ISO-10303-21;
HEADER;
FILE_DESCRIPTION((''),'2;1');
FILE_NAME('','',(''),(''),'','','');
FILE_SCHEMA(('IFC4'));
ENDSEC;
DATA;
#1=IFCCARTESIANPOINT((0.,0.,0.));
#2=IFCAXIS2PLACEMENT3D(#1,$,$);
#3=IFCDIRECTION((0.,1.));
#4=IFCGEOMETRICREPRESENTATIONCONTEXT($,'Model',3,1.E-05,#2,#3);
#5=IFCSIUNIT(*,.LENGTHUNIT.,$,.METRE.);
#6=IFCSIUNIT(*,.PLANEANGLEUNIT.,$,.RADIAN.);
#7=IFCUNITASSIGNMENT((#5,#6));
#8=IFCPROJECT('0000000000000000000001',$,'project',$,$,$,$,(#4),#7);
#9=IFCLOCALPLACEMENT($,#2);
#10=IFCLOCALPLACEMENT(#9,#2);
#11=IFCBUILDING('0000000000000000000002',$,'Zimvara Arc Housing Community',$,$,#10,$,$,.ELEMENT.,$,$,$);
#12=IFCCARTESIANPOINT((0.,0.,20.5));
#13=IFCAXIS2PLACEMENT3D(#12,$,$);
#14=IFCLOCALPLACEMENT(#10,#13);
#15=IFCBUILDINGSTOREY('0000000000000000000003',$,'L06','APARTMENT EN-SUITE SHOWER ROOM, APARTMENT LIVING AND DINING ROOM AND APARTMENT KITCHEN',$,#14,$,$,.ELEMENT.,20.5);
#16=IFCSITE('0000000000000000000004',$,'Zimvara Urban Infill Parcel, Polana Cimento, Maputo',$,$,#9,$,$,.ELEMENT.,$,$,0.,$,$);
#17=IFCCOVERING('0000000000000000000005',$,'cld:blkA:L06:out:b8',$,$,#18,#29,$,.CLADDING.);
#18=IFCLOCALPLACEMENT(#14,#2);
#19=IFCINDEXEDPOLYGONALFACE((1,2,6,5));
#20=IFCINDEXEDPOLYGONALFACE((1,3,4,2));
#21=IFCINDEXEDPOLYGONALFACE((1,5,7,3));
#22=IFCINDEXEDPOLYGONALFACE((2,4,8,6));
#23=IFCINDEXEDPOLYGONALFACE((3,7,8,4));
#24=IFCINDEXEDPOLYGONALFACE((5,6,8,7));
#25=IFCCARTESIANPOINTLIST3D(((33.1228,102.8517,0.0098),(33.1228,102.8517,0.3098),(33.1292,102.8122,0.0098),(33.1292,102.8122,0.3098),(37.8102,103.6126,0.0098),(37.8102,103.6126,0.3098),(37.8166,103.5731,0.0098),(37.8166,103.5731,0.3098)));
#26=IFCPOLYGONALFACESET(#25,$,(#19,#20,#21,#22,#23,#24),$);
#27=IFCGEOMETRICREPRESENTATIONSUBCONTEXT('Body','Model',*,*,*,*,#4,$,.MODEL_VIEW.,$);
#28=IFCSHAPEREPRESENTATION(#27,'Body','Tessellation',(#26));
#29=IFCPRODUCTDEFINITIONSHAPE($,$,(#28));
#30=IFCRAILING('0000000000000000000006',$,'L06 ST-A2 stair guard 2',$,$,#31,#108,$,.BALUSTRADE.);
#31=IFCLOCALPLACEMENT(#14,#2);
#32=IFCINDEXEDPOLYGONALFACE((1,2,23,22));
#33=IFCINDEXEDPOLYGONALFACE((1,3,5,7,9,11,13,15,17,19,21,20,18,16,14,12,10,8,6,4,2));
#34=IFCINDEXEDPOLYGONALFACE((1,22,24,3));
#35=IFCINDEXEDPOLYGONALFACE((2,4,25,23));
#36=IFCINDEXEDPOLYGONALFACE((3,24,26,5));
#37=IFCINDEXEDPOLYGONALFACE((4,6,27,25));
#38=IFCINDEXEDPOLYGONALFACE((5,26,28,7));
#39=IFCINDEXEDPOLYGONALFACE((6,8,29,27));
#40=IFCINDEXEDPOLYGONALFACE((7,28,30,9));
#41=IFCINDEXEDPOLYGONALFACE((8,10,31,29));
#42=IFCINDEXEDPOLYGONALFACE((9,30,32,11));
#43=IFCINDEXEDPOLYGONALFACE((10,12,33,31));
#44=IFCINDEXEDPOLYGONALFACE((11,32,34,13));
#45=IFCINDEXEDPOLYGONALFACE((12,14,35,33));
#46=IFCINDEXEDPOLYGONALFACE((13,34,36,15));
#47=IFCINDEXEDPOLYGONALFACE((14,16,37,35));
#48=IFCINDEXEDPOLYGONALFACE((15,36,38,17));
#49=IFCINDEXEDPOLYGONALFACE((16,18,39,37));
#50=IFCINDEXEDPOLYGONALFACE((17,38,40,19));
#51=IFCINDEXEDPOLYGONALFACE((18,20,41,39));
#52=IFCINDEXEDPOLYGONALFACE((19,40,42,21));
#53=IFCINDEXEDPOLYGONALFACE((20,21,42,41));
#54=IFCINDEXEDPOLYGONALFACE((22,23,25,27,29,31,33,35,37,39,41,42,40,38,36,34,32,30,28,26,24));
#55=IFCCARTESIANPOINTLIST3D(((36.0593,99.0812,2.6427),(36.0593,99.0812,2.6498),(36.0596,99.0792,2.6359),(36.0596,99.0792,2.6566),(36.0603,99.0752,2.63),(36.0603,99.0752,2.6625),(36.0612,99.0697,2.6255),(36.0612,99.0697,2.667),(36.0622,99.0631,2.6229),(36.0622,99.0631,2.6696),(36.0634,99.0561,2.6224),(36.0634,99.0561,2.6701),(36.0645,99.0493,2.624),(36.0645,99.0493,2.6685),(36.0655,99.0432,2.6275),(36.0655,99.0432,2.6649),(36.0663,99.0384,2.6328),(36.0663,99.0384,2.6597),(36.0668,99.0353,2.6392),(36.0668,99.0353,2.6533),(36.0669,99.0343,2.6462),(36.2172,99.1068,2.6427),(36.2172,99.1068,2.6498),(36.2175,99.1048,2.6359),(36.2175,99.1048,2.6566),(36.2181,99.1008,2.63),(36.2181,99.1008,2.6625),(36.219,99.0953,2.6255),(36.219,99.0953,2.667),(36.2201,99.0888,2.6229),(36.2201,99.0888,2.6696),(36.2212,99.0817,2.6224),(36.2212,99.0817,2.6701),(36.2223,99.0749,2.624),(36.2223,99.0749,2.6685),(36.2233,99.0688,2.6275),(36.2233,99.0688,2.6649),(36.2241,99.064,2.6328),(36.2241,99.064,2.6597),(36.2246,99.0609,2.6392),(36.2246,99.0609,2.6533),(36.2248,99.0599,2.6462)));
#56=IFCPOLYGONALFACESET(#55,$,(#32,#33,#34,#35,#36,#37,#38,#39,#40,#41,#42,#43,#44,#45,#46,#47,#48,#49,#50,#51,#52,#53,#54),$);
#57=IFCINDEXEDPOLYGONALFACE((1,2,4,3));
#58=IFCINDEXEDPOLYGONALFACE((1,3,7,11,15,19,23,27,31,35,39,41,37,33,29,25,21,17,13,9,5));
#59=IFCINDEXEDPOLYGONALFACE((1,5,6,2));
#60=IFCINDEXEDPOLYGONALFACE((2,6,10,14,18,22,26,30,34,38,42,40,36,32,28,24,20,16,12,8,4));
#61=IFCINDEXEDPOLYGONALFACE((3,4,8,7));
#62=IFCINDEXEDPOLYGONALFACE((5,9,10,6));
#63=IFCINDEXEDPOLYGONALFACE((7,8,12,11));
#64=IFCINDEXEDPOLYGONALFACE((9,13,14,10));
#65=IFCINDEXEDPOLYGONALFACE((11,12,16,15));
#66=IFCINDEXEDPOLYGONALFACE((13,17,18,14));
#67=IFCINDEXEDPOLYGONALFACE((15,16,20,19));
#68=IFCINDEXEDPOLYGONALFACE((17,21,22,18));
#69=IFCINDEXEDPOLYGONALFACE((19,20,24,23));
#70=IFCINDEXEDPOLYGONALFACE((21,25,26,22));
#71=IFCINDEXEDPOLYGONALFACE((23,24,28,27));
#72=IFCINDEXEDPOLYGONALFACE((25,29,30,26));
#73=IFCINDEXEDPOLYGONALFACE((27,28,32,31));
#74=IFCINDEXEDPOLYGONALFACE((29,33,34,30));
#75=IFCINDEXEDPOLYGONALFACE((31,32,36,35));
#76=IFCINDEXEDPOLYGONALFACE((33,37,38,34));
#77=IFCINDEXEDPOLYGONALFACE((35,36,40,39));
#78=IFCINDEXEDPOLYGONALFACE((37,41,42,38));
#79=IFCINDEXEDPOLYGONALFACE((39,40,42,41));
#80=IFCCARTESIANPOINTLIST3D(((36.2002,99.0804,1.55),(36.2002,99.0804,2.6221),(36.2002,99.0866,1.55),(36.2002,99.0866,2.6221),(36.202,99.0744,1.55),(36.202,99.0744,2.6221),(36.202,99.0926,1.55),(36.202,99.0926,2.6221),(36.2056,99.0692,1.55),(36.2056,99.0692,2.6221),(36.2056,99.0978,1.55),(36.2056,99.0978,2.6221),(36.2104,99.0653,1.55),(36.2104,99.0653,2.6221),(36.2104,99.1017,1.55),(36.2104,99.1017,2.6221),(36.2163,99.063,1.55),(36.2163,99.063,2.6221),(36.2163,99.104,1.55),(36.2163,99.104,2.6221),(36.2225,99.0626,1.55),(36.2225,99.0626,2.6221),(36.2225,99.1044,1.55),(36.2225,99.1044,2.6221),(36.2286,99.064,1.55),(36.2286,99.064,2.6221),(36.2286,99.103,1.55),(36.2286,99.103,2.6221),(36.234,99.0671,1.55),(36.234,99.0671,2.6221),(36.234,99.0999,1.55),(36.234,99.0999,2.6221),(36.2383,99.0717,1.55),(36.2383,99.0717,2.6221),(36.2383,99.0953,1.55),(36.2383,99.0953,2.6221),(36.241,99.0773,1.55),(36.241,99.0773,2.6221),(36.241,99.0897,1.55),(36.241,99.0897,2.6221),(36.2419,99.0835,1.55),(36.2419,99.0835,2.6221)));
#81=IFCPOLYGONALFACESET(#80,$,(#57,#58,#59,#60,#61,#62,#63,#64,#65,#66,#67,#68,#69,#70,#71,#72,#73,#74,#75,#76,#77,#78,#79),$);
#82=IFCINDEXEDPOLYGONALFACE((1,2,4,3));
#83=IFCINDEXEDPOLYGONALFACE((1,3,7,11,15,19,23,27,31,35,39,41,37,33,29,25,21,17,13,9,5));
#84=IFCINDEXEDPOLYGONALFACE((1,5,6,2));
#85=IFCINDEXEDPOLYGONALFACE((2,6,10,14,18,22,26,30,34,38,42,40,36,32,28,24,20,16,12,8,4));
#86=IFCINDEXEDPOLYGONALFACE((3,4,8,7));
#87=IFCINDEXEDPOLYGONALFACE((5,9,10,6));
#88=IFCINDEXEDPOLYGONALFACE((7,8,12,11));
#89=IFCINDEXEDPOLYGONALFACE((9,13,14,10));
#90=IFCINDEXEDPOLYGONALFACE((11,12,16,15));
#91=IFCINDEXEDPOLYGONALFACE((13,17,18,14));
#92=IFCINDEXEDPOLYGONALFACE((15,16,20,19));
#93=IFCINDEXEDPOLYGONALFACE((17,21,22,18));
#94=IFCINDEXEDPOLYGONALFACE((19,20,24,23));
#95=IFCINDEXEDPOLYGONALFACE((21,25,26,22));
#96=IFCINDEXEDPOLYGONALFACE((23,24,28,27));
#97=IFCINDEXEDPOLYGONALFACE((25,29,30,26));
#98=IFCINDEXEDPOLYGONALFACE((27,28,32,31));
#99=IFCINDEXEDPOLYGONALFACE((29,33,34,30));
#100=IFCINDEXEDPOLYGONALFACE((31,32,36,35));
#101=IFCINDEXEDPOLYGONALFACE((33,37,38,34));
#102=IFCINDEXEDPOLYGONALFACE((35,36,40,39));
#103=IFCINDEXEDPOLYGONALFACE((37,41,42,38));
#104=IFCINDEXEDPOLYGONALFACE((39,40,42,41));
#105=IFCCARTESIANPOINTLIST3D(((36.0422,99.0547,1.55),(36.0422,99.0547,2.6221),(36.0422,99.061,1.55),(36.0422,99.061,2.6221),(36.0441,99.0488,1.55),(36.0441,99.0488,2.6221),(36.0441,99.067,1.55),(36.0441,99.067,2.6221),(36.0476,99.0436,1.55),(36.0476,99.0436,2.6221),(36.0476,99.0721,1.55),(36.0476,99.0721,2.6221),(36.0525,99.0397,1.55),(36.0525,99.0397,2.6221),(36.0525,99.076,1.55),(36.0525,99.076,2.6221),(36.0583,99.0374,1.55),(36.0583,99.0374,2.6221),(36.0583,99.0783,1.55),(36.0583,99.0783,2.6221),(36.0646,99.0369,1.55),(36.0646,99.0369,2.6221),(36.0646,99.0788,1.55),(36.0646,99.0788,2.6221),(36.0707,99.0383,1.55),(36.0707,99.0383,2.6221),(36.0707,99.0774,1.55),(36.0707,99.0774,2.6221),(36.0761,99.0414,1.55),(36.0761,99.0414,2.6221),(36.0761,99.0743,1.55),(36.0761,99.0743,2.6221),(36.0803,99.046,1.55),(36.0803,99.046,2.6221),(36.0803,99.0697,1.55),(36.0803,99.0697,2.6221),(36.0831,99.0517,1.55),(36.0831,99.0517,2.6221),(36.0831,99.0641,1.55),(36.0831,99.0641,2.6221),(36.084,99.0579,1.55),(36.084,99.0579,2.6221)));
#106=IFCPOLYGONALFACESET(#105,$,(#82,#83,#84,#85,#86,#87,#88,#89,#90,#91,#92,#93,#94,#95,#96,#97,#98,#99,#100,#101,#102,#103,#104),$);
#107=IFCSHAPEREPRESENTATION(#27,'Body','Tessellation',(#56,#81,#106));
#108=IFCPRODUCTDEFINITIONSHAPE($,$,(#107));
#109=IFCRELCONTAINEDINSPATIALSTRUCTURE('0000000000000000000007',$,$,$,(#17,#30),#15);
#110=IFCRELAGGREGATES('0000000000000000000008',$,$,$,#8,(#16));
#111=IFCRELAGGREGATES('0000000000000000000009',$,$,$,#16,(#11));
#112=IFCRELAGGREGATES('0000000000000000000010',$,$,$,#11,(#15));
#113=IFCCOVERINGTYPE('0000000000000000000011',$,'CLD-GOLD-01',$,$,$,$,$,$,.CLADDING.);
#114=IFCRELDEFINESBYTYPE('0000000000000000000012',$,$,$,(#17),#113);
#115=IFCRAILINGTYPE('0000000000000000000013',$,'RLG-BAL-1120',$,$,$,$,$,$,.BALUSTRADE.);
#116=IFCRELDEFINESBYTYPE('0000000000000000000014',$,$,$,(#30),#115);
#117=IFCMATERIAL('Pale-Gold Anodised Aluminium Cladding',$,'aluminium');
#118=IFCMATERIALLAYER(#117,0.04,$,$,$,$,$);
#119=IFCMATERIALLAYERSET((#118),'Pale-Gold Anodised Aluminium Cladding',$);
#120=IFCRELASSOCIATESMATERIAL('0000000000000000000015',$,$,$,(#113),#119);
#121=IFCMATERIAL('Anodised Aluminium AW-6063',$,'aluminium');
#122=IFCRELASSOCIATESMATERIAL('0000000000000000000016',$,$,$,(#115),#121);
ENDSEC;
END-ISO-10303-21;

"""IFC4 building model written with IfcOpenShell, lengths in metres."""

from ifc_helpers import new_model, si_unit, direction, frame, origin, origin_2d, place, context, subcontext, project, spatial, rectangle, circle, extrude, material, layer, layer_set, type_object, element, save


model = new_model("IFC4")

# Units and contexts
model_context = context("Model", 3, precision=1e-05, world=origin(), true_north=direction((0.0, 1.0)))
body_context = subcontext(model_context, "Body", "Model", "MODEL_VIEW")
ifc_project = project(units=[si_unit("LENGTHUNIT", "METRE"), si_unit("PLANEANGLEUNIT", "RADIAN")], contexts=[model_context])

# Site, building, storey
site_placement = place(None, origin())
site = spatial("IfcSite", under=ifc_project, at=site_placement, Name="Zimvara Urban Infill Parcel, Polana Cimento, Maputo", CompositionType="ELEMENT", RefElevation=0.0)
building_placement = place(site_placement, origin())
building = spatial("IfcBuilding", under=site, at=building_placement, Name="Zimvara Arc Housing Community", CompositionType="ELEMENT")
storey_placement = place(building_placement, frame((0.0, 0.0, 20.5)))
storey = spatial("IfcBuildingStorey", under=building, at=storey_placement, Name="L06", Description="APARTMENT EN-SUITE SHOWER ROOM, APARTMENT LIVING AND DINING ROOM AND APARTMENT KITCHEN", CompositionType="ELEMENT", Elevation=20.5)

# Covering
ifc_material_1 = material(Name="Pale-Gold Anodised Aluminium Cladding", Category="aluminium")
ifc_layer_1 = layer(ifc_material_1, 0.04)
ifc_layer_set_1 = layer_set([ifc_layer_1], Name="Pale-Gold Anodised Aluminium Cladding")
covering_type = type_object("IfcCoveringType", Name="CLD-GOLD-01", PredefinedType="CLADDING", material=ifc_layer_set_1)
covering_placement = place(storey_placement, frame((35.4697, 103.2124, 0.0098), z_axis=(0.0, 0.0, 1.0), x_axis=(0.98708, 0.160226, 0.0)))
element("IfcCovering", 1, at=covering_placement, inside=storey, type_object=covering_type, Name="cld:blkA:L06:out:b8", PredefinedType="CLADDING", context=body_context, shape_type="SweptSolid", body=[
    extrude(rectangle(XDim=4.7488, YDim=0.04, at=origin_2d()), origin(), (0.0, 0.0, 1.0), 0.3),
])

# Railing
ifc_material_2 = material(Name="Anodised Aluminium AW-6063", Category="aluminium")
railing_type = type_object("IfcRailingType", Name="RLG-BAL-1120", PredefinedType="BALUSTRADE", material=ifc_material_2)
railing_1_placement = place(storey_placement, frame((36.2209, 99.0835, 1.55)))
element("IfcRailing", 2, at=railing_1_placement, inside=storey, type_object=railing_type, Name="L06 ST-A2 stair guard 2", PredefinedType="BALUSTRADE", context=body_context, shape_type="SweptSolid", body=[
    extrude(circle(Radius=0.0239, at=origin_2d()), frame((0.0, 0.0, 1.0962), z_axis=(-0.987086, -0.160192, 0.0), x_axis=(0.160192, -0.987086, 0.0)), (0.0, 0.0, 1.0), 0.1599),
    extrude(circle(Radius=0.021, at=origin_2d()), origin(), (0.0, 0.0, 1.0), 1.072),
    extrude(circle(Radius=0.021, at=origin_2d()), frame((-0.158, -0.0256, 0.0)), (0.0, 0.0, 1.0), 1.072),
])

save(model, "model.ifc")
